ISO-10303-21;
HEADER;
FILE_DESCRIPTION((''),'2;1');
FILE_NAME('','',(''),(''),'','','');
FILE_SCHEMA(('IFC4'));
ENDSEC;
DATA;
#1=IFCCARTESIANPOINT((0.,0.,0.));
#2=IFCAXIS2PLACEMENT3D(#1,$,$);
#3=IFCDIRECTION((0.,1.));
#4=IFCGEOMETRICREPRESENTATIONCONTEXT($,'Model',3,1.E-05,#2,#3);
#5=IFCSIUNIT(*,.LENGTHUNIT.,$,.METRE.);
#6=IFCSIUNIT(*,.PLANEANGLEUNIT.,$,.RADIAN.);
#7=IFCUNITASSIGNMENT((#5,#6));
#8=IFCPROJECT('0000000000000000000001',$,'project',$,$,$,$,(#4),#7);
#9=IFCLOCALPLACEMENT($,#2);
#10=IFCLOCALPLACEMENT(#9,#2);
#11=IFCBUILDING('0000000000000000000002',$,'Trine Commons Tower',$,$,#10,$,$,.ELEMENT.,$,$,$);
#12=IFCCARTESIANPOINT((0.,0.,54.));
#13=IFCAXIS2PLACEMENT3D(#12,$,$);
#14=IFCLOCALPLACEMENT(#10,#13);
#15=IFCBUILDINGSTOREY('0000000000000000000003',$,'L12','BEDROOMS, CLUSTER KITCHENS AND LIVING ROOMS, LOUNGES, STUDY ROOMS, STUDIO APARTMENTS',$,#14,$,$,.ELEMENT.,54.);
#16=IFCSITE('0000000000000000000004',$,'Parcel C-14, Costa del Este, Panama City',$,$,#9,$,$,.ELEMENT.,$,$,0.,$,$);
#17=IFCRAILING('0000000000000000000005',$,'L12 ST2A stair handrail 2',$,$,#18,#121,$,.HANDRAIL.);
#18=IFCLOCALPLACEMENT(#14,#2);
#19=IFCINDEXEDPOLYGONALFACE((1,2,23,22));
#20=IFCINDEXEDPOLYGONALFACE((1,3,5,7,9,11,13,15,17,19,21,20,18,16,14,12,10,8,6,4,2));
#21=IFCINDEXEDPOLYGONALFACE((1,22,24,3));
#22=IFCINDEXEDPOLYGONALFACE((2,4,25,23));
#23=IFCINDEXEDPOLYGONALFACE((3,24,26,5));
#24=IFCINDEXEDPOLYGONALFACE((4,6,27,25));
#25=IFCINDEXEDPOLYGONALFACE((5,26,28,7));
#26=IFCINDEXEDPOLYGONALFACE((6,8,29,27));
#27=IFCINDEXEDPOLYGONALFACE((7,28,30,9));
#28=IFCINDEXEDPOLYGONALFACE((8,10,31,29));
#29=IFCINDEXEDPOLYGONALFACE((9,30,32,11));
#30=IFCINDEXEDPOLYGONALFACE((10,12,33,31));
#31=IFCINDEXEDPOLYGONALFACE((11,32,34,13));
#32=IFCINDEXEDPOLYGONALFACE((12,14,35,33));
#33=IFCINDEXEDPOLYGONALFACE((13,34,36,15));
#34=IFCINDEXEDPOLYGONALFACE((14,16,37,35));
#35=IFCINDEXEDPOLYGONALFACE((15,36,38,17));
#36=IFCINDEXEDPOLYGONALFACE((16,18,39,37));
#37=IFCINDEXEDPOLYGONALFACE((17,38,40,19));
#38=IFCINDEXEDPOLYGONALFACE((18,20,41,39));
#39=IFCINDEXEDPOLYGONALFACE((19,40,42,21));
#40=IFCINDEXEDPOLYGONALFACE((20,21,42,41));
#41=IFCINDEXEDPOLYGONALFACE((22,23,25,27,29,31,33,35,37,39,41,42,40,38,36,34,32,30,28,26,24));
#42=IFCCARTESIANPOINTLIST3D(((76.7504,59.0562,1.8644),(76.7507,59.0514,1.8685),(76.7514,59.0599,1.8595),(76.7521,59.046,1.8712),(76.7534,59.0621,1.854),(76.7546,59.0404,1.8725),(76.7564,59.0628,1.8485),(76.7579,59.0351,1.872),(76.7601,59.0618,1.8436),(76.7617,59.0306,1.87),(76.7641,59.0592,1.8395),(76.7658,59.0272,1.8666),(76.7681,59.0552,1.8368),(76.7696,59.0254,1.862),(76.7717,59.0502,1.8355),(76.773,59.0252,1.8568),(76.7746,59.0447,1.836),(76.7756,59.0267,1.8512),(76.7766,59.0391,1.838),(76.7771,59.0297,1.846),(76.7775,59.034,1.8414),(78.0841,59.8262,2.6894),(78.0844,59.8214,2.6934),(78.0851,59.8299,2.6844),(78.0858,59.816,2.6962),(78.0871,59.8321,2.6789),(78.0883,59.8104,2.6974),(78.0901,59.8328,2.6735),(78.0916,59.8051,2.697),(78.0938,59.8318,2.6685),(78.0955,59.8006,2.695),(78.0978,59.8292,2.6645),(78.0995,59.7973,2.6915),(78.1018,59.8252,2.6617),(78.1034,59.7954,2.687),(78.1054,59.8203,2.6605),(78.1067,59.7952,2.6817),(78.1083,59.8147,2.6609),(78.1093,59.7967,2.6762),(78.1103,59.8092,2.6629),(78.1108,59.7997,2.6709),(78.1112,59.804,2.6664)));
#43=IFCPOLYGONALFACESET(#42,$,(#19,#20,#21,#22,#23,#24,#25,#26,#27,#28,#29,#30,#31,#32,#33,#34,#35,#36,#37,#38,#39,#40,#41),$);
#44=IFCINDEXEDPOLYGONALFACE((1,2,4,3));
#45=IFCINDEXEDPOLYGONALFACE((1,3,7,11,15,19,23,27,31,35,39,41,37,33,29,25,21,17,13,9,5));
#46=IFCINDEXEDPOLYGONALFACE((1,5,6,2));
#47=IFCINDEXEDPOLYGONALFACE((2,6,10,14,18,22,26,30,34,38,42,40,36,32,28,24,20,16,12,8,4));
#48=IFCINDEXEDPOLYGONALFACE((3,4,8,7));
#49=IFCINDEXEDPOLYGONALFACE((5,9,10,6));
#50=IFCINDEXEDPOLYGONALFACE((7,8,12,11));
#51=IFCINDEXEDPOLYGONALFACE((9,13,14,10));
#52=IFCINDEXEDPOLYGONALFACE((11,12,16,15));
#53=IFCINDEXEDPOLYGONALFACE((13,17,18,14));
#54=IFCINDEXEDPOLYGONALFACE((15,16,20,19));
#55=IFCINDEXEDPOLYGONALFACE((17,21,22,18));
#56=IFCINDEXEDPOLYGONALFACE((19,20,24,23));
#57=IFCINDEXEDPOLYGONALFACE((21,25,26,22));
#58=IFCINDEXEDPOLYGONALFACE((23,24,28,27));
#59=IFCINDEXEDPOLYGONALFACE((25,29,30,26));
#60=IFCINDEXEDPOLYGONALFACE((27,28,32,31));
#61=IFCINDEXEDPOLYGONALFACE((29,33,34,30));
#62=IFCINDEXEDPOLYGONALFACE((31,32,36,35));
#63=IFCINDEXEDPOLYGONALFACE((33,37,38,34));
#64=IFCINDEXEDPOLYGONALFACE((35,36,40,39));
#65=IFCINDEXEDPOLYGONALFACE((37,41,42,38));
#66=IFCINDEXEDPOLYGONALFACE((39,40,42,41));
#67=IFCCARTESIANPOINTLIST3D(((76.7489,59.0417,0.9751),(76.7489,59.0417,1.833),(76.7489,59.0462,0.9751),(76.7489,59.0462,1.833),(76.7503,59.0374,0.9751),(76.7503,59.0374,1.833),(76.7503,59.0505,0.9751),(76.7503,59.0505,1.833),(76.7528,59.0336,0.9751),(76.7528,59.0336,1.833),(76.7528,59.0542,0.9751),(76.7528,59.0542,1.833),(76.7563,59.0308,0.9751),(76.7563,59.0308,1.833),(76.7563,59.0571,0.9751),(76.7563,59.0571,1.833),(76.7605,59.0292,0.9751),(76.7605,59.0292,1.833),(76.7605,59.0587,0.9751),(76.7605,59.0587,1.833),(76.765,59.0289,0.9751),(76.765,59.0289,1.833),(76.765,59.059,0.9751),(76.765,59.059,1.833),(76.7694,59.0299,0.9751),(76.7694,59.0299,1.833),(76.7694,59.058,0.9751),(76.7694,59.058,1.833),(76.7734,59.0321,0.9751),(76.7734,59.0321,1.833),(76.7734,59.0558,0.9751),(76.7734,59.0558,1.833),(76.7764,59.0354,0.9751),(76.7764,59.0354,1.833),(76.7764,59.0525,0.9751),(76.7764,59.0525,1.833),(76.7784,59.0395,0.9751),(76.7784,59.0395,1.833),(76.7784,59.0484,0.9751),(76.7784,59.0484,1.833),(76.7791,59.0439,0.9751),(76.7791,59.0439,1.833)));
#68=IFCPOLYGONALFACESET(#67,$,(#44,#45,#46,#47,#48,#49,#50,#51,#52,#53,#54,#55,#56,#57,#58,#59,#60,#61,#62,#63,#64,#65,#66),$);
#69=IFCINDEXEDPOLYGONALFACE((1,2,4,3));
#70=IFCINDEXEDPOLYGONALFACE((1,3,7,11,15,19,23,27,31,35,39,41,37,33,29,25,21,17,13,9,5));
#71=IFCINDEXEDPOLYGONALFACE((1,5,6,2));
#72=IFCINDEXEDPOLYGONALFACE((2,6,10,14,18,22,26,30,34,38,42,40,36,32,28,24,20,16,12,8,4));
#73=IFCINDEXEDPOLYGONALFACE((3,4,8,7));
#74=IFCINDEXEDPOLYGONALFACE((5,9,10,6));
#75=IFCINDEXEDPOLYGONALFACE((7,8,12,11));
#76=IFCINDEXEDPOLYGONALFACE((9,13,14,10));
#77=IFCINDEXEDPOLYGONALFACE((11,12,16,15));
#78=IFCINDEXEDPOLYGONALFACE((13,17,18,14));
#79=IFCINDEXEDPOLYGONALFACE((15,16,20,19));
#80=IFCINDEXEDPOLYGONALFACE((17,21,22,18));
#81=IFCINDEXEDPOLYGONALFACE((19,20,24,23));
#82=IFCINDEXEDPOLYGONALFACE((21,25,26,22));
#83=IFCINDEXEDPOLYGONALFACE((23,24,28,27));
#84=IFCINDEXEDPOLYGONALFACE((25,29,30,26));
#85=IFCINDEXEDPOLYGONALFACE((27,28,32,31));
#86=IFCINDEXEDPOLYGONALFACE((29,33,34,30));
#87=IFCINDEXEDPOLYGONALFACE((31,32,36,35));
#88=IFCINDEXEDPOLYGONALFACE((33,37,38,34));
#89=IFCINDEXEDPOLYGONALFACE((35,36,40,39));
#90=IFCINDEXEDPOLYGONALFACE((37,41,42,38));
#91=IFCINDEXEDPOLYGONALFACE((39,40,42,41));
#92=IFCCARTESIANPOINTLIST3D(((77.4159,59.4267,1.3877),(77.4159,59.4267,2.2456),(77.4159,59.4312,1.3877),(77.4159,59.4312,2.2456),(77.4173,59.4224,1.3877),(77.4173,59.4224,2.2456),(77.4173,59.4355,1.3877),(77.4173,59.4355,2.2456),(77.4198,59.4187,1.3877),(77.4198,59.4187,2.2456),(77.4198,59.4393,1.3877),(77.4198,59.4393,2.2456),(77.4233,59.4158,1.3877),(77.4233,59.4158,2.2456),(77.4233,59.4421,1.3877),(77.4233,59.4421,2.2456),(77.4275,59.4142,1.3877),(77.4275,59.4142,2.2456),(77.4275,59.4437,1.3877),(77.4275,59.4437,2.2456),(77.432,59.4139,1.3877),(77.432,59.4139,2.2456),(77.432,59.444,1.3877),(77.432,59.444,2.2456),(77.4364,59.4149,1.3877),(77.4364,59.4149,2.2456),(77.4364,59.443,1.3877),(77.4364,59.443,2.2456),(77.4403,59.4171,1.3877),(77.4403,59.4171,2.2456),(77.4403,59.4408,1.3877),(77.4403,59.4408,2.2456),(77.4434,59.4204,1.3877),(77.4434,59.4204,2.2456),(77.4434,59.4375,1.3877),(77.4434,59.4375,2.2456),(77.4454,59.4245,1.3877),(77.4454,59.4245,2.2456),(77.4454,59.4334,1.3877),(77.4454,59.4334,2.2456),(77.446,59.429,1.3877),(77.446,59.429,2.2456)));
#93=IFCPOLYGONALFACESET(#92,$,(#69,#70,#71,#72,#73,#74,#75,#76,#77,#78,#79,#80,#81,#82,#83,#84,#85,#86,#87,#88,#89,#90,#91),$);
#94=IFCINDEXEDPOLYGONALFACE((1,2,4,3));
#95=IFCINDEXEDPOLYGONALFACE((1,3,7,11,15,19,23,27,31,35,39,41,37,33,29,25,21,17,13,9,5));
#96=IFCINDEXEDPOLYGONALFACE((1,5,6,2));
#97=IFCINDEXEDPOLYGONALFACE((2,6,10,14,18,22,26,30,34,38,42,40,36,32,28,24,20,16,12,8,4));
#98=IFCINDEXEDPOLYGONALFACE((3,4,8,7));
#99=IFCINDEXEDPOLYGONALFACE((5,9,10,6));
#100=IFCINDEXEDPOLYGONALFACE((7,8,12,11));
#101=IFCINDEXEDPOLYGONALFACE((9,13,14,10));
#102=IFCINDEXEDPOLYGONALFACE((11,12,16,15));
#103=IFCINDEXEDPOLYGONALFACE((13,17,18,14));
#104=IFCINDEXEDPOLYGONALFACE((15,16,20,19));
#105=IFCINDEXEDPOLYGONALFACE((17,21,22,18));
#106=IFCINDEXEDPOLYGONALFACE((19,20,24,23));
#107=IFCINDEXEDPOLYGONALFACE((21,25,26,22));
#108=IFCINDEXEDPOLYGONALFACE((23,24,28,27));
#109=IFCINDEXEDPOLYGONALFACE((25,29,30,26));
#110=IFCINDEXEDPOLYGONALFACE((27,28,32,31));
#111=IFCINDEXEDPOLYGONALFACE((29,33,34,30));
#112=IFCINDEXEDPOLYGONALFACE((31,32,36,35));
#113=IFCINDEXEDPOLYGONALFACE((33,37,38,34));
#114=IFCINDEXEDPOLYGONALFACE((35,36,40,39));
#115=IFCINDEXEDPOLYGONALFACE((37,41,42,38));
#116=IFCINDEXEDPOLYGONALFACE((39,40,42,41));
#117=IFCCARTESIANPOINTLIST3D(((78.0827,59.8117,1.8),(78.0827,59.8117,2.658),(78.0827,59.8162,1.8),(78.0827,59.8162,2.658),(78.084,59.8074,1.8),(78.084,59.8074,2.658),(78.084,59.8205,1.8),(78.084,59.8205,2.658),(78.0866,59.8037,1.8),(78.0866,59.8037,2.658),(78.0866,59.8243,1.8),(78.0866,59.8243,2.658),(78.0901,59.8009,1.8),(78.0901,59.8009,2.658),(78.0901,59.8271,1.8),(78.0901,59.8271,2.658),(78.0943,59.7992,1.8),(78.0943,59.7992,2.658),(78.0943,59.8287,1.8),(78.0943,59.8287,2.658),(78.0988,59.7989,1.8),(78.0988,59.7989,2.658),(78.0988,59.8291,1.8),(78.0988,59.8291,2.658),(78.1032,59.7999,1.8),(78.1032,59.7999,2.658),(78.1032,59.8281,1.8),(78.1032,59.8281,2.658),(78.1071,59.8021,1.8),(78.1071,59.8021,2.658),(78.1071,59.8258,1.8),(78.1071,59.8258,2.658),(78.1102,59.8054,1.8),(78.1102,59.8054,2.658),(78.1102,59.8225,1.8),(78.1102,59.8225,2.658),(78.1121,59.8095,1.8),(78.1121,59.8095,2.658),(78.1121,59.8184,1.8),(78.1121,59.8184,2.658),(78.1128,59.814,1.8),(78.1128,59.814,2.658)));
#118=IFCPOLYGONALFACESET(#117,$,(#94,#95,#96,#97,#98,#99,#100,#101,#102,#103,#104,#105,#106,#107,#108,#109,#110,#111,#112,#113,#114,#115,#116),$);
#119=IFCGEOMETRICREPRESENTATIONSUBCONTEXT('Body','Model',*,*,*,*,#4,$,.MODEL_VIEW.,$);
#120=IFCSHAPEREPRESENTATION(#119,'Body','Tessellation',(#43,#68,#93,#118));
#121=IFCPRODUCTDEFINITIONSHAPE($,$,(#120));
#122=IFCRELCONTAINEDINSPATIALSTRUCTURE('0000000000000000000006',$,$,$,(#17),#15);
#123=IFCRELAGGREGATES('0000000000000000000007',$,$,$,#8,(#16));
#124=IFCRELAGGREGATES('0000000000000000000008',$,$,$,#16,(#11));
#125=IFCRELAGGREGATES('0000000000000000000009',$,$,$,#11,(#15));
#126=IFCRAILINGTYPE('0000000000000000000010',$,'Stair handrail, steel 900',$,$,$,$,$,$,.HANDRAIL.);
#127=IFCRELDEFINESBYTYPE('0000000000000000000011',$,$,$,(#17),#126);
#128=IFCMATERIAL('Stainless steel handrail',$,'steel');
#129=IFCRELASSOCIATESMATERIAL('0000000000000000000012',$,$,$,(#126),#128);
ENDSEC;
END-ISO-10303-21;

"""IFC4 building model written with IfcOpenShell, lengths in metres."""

from ifc_helpers import new_model, si_unit, direction, frame, origin, origin_2d, place, context, subcontext, project, spatial, circle, extrude, material, type_object, element, save


model = new_model("IFC4")

# Units and contexts
model_context = context("Model", 3, precision=1e-05, world=origin(), true_north=direction((0.0, 1.0)))
body_context = subcontext(model_context, "Body", "Model", "MODEL_VIEW")
ifc_project = project(units=[si_unit("LENGTHUNIT", "METRE"), si_unit("PLANEANGLEUNIT", "RADIAN")], contexts=[model_context])

# Site, building, storey
site_placement = place(None, origin())
site = spatial("IfcSite", under=ifc_project, at=site_placement, Name="Parcel C-14, Costa del Este, Panama City", CompositionType="ELEMENT", RefElevation=0.0)
building_placement = place(site_placement, origin())
building = spatial("IfcBuilding", under=site, at=building_placement, Name="Trine Commons Tower", CompositionType="ELEMENT")
storey_placement = place(building_placement, frame((0.0, 0.0, 54.0)))
storey = spatial("IfcBuildingStorey", under=building, at=storey_placement, Name="L12", Description="BEDROOMS, CLUSTER KITCHENS AND LIVING ROOMS, LOUNGES, STUDY ROOMS, STUDIO APARTMENTS", CompositionType="ELEMENT", Elevation=54.0)

# Railing
ifc_material_1 = material(Name="Stainless steel handrail", Category="steel")
railing_type_1 = type_object("IfcRailingType", Name="Stair handrail, steel 900", PredefinedType="HANDRAIL", material=ifc_material_1)
railing_1_placement = place(storey_placement, frame((76.7639, 59.0439, 0.9751)))
element("IfcRailing", 1, at=railing_1_placement, inside=storey, type_object=railing_type_1, Name="L12 ST2A stair handrail 2", PredefinedType="HANDRAIL", context=body_context, shape_type="SweptSolid", body=[
    extrude(circle(Radius=0.021, at=origin_2d()), frame((0.0, 0.0, 0.8789), z_axis=(0.763405, 0.440743, 0.472185), x_axis=(-0.499992, 0.86603, 0.0)), (0.0, 0.0, 1.0), 1.7471),
    extrude(circle(Radius=0.0151, at=origin_2d()), origin(), (0.0, 0.0, 1.0), 0.8579),
    extrude(circle(Radius=0.0151, at=origin_2d()), frame((0.667, 0.385, 0.4126)), (0.0, 0.0, 1.0), 0.8579),
    extrude(circle(Radius=0.0151, at=origin_2d()), frame((1.3337, 0.77, 0.825)), (0.0, 0.0, 1.0), 0.8579),
])

save(model, "model.ifc")
